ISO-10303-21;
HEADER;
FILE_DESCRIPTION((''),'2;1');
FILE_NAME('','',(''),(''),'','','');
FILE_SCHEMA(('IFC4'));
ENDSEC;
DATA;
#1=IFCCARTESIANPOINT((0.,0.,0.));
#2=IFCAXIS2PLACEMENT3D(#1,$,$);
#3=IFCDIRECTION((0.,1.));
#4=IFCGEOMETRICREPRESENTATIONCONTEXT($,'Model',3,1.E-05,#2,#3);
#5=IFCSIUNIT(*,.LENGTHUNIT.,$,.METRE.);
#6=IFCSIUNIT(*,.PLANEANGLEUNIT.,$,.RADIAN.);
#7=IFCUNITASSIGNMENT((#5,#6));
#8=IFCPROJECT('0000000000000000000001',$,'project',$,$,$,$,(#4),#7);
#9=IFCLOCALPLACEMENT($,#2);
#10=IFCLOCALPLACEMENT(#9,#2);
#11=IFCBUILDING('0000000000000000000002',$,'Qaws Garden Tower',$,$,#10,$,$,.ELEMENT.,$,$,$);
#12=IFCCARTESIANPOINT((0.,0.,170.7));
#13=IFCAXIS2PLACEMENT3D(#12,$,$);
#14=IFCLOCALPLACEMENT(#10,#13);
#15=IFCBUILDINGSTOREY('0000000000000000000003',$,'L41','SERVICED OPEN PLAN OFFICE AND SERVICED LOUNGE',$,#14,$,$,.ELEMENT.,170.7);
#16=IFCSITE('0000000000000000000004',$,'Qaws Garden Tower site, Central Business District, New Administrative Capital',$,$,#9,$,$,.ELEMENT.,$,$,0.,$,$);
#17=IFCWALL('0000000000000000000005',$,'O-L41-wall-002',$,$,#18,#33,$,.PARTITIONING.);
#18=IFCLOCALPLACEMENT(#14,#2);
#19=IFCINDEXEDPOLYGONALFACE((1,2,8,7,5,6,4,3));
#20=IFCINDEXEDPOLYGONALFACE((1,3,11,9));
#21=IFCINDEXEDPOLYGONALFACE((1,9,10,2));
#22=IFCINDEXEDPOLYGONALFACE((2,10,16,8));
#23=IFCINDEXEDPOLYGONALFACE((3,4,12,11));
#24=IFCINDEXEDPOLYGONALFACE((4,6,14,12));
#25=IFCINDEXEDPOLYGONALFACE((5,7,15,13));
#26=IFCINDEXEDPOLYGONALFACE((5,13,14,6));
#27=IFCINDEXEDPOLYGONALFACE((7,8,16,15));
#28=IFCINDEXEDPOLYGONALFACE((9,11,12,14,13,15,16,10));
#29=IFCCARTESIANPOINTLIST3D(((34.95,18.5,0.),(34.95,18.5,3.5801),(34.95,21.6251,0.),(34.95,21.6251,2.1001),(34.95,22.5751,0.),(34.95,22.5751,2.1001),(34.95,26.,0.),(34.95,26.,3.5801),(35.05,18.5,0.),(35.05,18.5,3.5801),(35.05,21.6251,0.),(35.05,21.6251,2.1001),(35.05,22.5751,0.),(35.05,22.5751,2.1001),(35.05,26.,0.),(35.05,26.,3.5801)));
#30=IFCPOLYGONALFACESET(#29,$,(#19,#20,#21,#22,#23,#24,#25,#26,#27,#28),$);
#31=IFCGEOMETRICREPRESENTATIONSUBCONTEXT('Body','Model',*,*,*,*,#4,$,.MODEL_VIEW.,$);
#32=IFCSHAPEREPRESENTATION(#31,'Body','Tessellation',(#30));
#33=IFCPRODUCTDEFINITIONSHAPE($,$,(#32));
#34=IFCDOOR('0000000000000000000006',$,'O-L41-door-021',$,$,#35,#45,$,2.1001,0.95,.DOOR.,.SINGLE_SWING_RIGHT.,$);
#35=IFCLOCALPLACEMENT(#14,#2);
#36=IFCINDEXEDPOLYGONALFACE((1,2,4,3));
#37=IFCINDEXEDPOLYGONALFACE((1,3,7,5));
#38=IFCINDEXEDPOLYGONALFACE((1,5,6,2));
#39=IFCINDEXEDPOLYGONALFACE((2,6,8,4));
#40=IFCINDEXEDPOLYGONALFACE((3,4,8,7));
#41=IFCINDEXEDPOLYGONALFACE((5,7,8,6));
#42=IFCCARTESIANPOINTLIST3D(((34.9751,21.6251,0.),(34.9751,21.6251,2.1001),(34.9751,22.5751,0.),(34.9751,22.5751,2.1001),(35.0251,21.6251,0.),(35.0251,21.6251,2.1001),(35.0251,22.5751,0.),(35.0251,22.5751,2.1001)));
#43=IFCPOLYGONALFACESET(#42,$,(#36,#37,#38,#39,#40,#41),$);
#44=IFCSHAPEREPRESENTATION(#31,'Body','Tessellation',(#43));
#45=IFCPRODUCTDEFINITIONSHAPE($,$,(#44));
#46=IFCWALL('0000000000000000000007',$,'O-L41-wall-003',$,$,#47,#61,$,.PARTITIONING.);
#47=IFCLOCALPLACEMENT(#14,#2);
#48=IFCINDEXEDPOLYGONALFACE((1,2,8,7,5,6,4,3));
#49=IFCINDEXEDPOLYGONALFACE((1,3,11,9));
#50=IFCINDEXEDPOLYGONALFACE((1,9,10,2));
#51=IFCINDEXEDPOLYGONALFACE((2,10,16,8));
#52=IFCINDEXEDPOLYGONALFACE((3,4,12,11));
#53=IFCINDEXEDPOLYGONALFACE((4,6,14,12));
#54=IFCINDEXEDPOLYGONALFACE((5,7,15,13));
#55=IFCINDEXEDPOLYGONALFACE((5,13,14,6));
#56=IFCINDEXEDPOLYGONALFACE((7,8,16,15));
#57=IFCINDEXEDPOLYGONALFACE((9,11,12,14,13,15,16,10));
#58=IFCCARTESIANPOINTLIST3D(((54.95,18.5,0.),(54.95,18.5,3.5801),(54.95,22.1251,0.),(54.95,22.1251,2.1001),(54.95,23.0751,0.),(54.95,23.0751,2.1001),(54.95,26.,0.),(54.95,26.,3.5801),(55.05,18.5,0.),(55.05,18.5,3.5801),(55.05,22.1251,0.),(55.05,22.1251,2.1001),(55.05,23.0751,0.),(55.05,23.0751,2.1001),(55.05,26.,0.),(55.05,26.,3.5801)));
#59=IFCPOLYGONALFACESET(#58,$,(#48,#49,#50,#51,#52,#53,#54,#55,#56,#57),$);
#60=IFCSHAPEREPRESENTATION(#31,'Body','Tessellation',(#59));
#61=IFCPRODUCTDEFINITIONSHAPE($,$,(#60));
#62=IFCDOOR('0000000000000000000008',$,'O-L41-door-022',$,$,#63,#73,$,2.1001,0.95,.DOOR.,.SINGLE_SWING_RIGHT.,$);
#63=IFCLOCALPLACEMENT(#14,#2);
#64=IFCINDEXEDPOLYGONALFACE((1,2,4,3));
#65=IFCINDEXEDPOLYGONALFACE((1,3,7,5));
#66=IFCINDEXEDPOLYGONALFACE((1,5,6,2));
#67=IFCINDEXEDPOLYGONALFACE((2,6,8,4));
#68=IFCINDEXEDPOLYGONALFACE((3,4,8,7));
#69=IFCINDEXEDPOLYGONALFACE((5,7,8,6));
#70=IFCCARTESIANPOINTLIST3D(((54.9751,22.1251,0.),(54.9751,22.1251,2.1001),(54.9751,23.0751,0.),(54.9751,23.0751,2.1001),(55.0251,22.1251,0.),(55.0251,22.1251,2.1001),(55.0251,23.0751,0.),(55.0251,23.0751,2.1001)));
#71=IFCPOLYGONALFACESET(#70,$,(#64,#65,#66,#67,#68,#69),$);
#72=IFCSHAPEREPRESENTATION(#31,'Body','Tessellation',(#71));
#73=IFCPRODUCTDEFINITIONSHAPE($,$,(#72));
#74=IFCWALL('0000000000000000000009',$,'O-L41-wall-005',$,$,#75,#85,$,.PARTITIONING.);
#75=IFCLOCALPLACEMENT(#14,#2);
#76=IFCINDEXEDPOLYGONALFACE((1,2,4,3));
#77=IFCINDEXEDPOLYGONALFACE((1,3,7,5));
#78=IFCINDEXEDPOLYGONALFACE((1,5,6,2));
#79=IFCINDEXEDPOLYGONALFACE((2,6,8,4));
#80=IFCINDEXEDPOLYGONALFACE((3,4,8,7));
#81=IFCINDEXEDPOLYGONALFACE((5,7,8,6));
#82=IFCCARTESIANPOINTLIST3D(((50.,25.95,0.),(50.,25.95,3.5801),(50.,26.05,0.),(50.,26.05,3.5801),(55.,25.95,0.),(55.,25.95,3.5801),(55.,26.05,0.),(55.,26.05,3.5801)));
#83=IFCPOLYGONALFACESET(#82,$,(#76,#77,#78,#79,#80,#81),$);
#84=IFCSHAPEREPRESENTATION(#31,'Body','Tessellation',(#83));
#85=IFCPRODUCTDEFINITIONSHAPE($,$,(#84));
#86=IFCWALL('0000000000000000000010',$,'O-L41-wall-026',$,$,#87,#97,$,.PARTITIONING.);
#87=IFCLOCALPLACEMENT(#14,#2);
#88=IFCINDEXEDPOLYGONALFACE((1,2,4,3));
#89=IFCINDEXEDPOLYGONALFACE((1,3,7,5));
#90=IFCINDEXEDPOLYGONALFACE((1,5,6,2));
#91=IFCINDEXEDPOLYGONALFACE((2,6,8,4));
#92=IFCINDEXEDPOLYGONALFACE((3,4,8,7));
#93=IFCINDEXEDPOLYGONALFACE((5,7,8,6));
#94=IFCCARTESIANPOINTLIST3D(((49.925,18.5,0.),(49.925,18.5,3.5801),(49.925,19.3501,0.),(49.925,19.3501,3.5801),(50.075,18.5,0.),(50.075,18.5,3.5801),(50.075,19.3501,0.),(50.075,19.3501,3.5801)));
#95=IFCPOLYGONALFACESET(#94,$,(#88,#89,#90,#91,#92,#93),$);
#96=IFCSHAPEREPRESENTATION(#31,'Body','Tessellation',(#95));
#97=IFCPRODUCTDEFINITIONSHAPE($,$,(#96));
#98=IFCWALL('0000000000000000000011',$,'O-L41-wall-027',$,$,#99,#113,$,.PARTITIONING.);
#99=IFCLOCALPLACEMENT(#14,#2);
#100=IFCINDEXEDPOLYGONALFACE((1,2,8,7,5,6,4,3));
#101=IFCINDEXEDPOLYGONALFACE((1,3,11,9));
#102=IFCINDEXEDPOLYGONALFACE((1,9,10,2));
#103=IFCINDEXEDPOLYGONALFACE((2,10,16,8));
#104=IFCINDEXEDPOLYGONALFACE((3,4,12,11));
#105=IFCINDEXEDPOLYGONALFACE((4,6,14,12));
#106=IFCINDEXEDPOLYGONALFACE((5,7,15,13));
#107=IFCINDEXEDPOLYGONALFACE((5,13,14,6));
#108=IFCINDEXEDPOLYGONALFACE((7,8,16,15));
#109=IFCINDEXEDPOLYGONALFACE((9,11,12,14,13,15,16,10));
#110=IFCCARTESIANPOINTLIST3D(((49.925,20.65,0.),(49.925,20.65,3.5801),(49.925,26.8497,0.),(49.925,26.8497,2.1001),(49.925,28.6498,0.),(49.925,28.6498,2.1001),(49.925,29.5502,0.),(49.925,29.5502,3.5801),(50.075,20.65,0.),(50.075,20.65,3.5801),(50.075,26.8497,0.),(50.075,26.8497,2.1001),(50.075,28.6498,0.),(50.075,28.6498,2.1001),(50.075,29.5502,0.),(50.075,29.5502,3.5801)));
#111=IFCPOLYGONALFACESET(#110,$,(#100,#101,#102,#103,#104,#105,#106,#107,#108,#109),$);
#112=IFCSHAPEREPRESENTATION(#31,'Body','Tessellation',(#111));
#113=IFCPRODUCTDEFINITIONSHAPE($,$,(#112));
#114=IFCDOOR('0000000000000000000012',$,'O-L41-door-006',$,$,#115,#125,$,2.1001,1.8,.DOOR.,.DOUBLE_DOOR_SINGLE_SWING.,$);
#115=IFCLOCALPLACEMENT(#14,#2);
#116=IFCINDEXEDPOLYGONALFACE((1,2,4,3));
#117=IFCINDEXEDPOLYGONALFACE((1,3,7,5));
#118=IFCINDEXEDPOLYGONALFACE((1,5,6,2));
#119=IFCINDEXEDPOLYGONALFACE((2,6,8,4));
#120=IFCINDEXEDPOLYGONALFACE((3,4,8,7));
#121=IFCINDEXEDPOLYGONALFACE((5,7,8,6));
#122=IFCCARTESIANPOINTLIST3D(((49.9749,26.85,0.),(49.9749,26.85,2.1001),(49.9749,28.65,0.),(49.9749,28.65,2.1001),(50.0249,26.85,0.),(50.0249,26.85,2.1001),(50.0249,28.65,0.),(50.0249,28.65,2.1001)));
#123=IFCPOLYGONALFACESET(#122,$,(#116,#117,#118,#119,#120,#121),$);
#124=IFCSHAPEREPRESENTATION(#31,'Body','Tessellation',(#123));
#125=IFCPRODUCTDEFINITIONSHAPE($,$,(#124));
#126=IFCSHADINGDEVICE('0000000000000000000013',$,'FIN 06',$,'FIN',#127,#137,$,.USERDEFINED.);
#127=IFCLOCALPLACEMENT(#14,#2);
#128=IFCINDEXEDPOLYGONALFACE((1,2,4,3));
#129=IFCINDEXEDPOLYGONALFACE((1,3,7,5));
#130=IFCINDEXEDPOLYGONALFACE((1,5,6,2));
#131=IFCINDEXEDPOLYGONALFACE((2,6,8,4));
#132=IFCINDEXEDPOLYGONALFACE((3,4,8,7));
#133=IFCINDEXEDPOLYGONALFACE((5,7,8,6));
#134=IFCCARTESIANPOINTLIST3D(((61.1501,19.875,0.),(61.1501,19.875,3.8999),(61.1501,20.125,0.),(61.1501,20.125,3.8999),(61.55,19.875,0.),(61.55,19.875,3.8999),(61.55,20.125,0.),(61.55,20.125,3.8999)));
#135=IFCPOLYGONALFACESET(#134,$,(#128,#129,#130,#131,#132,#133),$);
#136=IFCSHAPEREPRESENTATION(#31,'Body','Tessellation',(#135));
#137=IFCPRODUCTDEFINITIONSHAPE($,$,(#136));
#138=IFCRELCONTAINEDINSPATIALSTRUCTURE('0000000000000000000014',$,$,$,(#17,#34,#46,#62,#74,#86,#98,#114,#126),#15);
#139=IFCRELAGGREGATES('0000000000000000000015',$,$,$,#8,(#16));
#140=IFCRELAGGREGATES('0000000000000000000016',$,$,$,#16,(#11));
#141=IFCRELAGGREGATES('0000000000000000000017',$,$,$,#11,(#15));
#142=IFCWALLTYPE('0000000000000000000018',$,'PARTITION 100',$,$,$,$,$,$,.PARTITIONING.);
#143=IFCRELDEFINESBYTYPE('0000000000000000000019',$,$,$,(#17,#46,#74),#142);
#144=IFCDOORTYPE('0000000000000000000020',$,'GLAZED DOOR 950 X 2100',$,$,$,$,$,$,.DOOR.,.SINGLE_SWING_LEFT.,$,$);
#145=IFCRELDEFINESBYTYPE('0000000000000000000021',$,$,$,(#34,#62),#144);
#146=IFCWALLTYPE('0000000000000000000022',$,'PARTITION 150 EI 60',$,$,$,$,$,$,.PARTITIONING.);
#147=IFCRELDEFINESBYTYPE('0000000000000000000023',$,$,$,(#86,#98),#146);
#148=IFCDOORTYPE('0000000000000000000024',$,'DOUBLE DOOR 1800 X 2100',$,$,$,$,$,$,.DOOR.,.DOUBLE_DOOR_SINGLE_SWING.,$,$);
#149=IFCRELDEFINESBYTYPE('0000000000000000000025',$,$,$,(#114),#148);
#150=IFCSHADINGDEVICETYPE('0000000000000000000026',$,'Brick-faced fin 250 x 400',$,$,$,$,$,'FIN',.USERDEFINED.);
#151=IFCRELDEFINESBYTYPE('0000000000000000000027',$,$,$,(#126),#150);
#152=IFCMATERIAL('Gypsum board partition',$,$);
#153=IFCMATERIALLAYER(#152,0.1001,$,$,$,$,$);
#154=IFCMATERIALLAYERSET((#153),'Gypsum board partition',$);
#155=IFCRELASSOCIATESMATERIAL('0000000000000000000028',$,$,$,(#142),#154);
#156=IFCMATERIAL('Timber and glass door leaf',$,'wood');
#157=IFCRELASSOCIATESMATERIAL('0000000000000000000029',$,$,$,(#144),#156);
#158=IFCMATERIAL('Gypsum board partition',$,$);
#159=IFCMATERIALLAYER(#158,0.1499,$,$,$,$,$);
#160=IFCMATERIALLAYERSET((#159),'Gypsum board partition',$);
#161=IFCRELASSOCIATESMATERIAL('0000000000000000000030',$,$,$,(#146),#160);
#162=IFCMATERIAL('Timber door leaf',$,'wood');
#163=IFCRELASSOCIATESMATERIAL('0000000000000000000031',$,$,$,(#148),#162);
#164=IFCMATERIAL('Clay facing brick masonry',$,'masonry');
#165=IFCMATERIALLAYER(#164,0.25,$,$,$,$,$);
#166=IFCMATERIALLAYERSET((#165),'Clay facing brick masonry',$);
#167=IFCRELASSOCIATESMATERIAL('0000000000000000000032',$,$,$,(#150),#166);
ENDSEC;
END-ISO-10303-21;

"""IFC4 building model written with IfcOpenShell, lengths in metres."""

from ifc_helpers import new_model, si_unit, direction, frame, frame_2d, origin, origin_2d, place, context, subcontext, project, spatial, rectangle, extrude, material, layer, layer_set, type_object, element, fill, save


model = new_model("IFC4")

# Units and contexts
model_context = context("Model", 3, precision=1e-05, world=origin(), true_north=direction((0.0, 1.0)))
body_context = subcontext(model_context, "Body", "Model", "MODEL_VIEW")
ifc_project = project(units=[si_unit("LENGTHUNIT", "METRE"), si_unit("PLANEANGLEUNIT", "RADIAN")], contexts=[model_context])

# Site, building, storey
site_placement = place(None, origin())
site = spatial("IfcSite", under=ifc_project, at=site_placement, Name="Qaws Garden Tower site, Central Business District, New Administrative Capital", CompositionType="ELEMENT", RefElevation=0.0)
building_placement = place(site_placement, origin())
building = spatial("IfcBuilding", under=site, at=building_placement, Name="Qaws Garden Tower", CompositionType="ELEMENT")
storey_placement = place(building_placement, frame((0.0, 0.0, 170.7)))
storey = spatial("IfcBuildingStorey", under=building, at=storey_placement, Name="L41", Description="SERVICED OPEN PLAN OFFICE AND SERVICED LOUNGE", CompositionType="ELEMENT", Elevation=170.7)

# Walls, openings, doors
ifc_material_1 = material(Name="Gypsum board partition")
ifc_layer_1 = layer(ifc_material_1, 0.1001)
ifc_layer_set_1 = layer_set([ifc_layer_1], Name="Gypsum board partition")
wall_type_1 = type_object("IfcWallType", Name="PARTITION 100", PredefinedType="PARTITIONING", material=ifc_layer_set_1)
wall_1_placement = place(storey_placement, frame((35.0, 18.5, 0.0), z_axis=(0.0, 0.0, 1.0), x_axis=(0.0, 1.0, 0.0)))
wall_1 = element("IfcWall", 1, at=wall_1_placement, inside=storey, type_object=wall_type_1, Name="O-L41-wall-002", PredefinedType="PARTITIONING", context=body_context, shape_type="SweptSolid", body=[
    extrude(rectangle(XDim=7.5, YDim=0.1001, at=frame_2d((3.75, 0.0))), origin(), (0.0, 0.0, 1.0), 3.5801),
])
opening_1_placement = place(wall_1_placement, frame((3.125, 0.0, 0.0)))
opening_1 = element("IfcOpeningElement", 2, at=opening_1_placement, cuts=wall_1, PredefinedType="OPENING", context=body_context, shape_type="SweptSolid", body=[
    extrude(rectangle(XDim=0.95, YDim=2.1001, at=frame_2d((0.4751, 1.05))), frame((0.0, 0.0601, 0.0), z_axis=(0.0, -1.0, 0.0), x_axis=(1.0, 0.0, 0.0)), (0.0, 0.0, 1.0), 0.1201),
])
ifc_material_2 = material(Name="Timber and glass door leaf", Category="wood")
door_type_1 = type_object("IfcDoorType", Name="GLAZED DOOR 950 X 2100", OperationType="SINGLE_SWING_LEFT", PredefinedType="DOOR", material=ifc_material_2)
door_1_placement = place(opening_1_placement, origin())
door_1 = element("IfcDoor", 3, at=door_1_placement, inside=storey, type_object=door_type_1, Name="O-L41-door-021", OperationType="SINGLE_SWING_RIGHT", OverallHeight=2.1001, OverallWidth=0.95, PredefinedType="DOOR", context=body_context, shape_type="SweptSolid", body=[
    extrude(rectangle(XDim=0.95, YDim=2.1001, at=frame_2d((0.4751, 1.05))), frame((0.0, 0.0249, 0.0), z_axis=(0.0, -1.0, 0.0), x_axis=(1.0, 0.0, 0.0)), (0.0, 0.0, 1.0), 0.05),
])
fill(opening_1, door_1)
wall_2_placement = place(storey_placement, frame((55.0, 18.5, 0.0), z_axis=(0.0, 0.0, 1.0), x_axis=(0.0, 1.0, 0.0)))
wall_2 = element("IfcWall", 4, at=wall_2_placement, inside=storey, type_object=wall_type_1, Name="O-L41-wall-003", PredefinedType="PARTITIONING", context=body_context, shape_type="SweptSolid", body=[
    extrude(rectangle(XDim=7.5, YDim=0.1001, at=frame_2d((3.75, 0.0))), origin(), (0.0, 0.0, 1.0), 3.5801),
])
opening_2_placement = place(wall_2_placement, frame((3.625, 0.0, 0.0)))
opening_2 = element("IfcOpeningElement", 5, at=opening_2_placement, cuts=wall_2, PredefinedType="OPENING", context=body_context, shape_type="SweptSolid", body=[
    extrude(rectangle(XDim=0.95, YDim=2.1001, at=frame_2d((0.4751, 1.05))), frame((0.0, 0.0601, 0.0), z_axis=(0.0, -1.0, 0.0), x_axis=(1.0, 0.0, 0.0)), (0.0, 0.0, 1.0), 0.1201),
])
door_2_placement = place(opening_2_placement, origin())
door_2 = element("IfcDoor", 6, at=door_2_placement, inside=storey, type_object=door_type_1, Name="O-L41-door-022", OperationType="SINGLE_SWING_RIGHT", OverallHeight=2.1001, OverallWidth=0.95, PredefinedType="DOOR", context=body_context, shape_type="SweptSolid", body=[
    extrude(rectangle(XDim=0.95, YDim=2.1001, at=frame_2d((0.4751, 1.05))), frame((0.0, 0.0249, 0.0), z_axis=(0.0, -1.0, 0.0), x_axis=(1.0, 0.0, 0.0)), (0.0, 0.0, 1.0), 0.05),
])
fill(opening_2, door_2)

# Walls
wall_3_placement = place(storey_placement, frame((50.0, 26.0, 0.0), z_axis=(0.0, 0.0, 1.0), x_axis=(1.0, 0.0, 0.0)))
element("IfcWall", 7, at=wall_3_placement, inside=storey, type_object=wall_type_1, Name="O-L41-wall-005", PredefinedType="PARTITIONING", context=body_context, shape_type="SweptSolid", body=[
    extrude(rectangle(XDim=5.0, YDim=0.1001, at=frame_2d((2.5, 0.0))), origin(), (0.0, 0.0, 1.0), 3.5801),
])
ifc_material_3 = material(Name="Gypsum board partition")
ifc_layer_2 = layer(ifc_material_3, 0.1499)
ifc_layer_set_2 = layer_set([ifc_layer_2], Name="Gypsum board partition")
wall_type_2 = type_object("IfcWallType", Name="PARTITION 150 EI 60", PredefinedType="PARTITIONING", material=ifc_layer_set_2)
wall_4_placement = place(storey_placement, frame((50.0, 18.5, 0.0), z_axis=(0.0, 0.0, 1.0), x_axis=(0.0, 1.0, 0.0)))
element("IfcWall", 8, at=wall_4_placement, inside=storey, type_object=wall_type_2, Name="O-L41-wall-026", PredefinedType="PARTITIONING", context=body_context, shape_type="SweptSolid", body=[
    extrude(rectangle(XDim=0.8501, YDim=0.1499, at=frame_2d((0.425, 0.0))), origin(), (0.0, 0.0, 1.0), 3.5801),
])

# Wall, opening, door
wall_5_placement = place(storey_placement, frame((50.0, 20.6499, 0.0), z_axis=(0.0, 0.0, 1.0), x_axis=(0.0, 1.0, 0.0)))
wall_5 = element("IfcWall", 9, at=wall_5_placement, inside=storey, type_object=wall_type_2, Name="O-L41-wall-027", PredefinedType="PARTITIONING", context=body_context, shape_type="SweptSolid", body=[
    extrude(rectangle(XDim=8.9001, YDim=0.1499, at=frame_2d((4.4502, 0.0))), origin(), (0.0, 0.0, 1.0), 3.5801),
])
opening_3_placement = place(wall_5_placement, frame((6.2, 0.0, 0.0)))
opening_3 = element("IfcOpeningElement", 10, at=opening_3_placement, cuts=wall_5, PredefinedType="OPENING", context=body_context, shape_type="SweptSolid", body=[
    extrude(rectangle(XDim=1.8, YDim=2.1001, at=frame_2d((0.8999, 1.05))), frame((0.0, 0.085, 0.0), z_axis=(0.0, -1.0, 0.0), x_axis=(1.0, 0.0, 0.0)), (0.0, 0.0, 1.0), 0.1699),
])
ifc_material_4 = material(Name="Timber door leaf", Category="wood")
door_type_2 = type_object("IfcDoorType", Name="DOUBLE DOOR 1800 X 2100", OperationType="DOUBLE_DOOR_SINGLE_SWING", PredefinedType="DOOR", material=ifc_material_4)
door_3_placement = place(opening_3_placement, frame((1.8, 0.0, 0.0), z_axis=(0.0, 0.0, 1.0), x_axis=(-1.0, 0.0, 0.0)))
door_3 = element("IfcDoor", 11, at=door_3_placement, inside=storey, type_object=door_type_2, Name="O-L41-door-006", OperationType="DOUBLE_DOOR_SINGLE_SWING", OverallHeight=2.1001, OverallWidth=1.8, PredefinedType="DOOR", context=body_context, shape_type="SweptSolid", body=[
    extrude(rectangle(XDim=1.8, YDim=2.1001, at=frame_2d((0.8999, 1.05))), frame((0.0, 0.0249, 0.0), z_axis=(0.0, -1.0, 0.0), x_axis=(1.0, 0.0, 0.0)), (0.0, 0.0, 1.0), 0.05),
])
fill(opening_3, door_3)

# Shading device
ifc_material_5 = material(Name="Clay facing brick masonry", Category="masonry")
ifc_layer_3 = layer(ifc_material_5, 0.25)
ifc_layer_set_3 = layer_set([ifc_layer_3], Name="Clay facing brick masonry")
shading_device_type = type_object("IfcShadingDeviceType", Name="Brick-faced fin 250 x 400", ElementType="FIN", PredefinedType="USERDEFINED", material=ifc_layer_set_3)
shading_device_placement = place(storey_placement, frame((61.3501, 20.0, 0.0), z_axis=(0.0, 0.0, 1.0), x_axis=(0.0, 1.0, 0.0)))
element("IfcShadingDevice", 12, at=shading_device_placement, inside=storey, type_object=shading_device_type, Name="FIN 06", ObjectType="FIN", PredefinedType="USERDEFINED", context=body_context, shape_type="SweptSolid", body=[
    extrude(rectangle(XDim=0.25, YDim=0.3999, at=origin_2d()), origin(), (0.0, 0.0, 1.0), 3.8999),
])

save(model, "model.ifc")
